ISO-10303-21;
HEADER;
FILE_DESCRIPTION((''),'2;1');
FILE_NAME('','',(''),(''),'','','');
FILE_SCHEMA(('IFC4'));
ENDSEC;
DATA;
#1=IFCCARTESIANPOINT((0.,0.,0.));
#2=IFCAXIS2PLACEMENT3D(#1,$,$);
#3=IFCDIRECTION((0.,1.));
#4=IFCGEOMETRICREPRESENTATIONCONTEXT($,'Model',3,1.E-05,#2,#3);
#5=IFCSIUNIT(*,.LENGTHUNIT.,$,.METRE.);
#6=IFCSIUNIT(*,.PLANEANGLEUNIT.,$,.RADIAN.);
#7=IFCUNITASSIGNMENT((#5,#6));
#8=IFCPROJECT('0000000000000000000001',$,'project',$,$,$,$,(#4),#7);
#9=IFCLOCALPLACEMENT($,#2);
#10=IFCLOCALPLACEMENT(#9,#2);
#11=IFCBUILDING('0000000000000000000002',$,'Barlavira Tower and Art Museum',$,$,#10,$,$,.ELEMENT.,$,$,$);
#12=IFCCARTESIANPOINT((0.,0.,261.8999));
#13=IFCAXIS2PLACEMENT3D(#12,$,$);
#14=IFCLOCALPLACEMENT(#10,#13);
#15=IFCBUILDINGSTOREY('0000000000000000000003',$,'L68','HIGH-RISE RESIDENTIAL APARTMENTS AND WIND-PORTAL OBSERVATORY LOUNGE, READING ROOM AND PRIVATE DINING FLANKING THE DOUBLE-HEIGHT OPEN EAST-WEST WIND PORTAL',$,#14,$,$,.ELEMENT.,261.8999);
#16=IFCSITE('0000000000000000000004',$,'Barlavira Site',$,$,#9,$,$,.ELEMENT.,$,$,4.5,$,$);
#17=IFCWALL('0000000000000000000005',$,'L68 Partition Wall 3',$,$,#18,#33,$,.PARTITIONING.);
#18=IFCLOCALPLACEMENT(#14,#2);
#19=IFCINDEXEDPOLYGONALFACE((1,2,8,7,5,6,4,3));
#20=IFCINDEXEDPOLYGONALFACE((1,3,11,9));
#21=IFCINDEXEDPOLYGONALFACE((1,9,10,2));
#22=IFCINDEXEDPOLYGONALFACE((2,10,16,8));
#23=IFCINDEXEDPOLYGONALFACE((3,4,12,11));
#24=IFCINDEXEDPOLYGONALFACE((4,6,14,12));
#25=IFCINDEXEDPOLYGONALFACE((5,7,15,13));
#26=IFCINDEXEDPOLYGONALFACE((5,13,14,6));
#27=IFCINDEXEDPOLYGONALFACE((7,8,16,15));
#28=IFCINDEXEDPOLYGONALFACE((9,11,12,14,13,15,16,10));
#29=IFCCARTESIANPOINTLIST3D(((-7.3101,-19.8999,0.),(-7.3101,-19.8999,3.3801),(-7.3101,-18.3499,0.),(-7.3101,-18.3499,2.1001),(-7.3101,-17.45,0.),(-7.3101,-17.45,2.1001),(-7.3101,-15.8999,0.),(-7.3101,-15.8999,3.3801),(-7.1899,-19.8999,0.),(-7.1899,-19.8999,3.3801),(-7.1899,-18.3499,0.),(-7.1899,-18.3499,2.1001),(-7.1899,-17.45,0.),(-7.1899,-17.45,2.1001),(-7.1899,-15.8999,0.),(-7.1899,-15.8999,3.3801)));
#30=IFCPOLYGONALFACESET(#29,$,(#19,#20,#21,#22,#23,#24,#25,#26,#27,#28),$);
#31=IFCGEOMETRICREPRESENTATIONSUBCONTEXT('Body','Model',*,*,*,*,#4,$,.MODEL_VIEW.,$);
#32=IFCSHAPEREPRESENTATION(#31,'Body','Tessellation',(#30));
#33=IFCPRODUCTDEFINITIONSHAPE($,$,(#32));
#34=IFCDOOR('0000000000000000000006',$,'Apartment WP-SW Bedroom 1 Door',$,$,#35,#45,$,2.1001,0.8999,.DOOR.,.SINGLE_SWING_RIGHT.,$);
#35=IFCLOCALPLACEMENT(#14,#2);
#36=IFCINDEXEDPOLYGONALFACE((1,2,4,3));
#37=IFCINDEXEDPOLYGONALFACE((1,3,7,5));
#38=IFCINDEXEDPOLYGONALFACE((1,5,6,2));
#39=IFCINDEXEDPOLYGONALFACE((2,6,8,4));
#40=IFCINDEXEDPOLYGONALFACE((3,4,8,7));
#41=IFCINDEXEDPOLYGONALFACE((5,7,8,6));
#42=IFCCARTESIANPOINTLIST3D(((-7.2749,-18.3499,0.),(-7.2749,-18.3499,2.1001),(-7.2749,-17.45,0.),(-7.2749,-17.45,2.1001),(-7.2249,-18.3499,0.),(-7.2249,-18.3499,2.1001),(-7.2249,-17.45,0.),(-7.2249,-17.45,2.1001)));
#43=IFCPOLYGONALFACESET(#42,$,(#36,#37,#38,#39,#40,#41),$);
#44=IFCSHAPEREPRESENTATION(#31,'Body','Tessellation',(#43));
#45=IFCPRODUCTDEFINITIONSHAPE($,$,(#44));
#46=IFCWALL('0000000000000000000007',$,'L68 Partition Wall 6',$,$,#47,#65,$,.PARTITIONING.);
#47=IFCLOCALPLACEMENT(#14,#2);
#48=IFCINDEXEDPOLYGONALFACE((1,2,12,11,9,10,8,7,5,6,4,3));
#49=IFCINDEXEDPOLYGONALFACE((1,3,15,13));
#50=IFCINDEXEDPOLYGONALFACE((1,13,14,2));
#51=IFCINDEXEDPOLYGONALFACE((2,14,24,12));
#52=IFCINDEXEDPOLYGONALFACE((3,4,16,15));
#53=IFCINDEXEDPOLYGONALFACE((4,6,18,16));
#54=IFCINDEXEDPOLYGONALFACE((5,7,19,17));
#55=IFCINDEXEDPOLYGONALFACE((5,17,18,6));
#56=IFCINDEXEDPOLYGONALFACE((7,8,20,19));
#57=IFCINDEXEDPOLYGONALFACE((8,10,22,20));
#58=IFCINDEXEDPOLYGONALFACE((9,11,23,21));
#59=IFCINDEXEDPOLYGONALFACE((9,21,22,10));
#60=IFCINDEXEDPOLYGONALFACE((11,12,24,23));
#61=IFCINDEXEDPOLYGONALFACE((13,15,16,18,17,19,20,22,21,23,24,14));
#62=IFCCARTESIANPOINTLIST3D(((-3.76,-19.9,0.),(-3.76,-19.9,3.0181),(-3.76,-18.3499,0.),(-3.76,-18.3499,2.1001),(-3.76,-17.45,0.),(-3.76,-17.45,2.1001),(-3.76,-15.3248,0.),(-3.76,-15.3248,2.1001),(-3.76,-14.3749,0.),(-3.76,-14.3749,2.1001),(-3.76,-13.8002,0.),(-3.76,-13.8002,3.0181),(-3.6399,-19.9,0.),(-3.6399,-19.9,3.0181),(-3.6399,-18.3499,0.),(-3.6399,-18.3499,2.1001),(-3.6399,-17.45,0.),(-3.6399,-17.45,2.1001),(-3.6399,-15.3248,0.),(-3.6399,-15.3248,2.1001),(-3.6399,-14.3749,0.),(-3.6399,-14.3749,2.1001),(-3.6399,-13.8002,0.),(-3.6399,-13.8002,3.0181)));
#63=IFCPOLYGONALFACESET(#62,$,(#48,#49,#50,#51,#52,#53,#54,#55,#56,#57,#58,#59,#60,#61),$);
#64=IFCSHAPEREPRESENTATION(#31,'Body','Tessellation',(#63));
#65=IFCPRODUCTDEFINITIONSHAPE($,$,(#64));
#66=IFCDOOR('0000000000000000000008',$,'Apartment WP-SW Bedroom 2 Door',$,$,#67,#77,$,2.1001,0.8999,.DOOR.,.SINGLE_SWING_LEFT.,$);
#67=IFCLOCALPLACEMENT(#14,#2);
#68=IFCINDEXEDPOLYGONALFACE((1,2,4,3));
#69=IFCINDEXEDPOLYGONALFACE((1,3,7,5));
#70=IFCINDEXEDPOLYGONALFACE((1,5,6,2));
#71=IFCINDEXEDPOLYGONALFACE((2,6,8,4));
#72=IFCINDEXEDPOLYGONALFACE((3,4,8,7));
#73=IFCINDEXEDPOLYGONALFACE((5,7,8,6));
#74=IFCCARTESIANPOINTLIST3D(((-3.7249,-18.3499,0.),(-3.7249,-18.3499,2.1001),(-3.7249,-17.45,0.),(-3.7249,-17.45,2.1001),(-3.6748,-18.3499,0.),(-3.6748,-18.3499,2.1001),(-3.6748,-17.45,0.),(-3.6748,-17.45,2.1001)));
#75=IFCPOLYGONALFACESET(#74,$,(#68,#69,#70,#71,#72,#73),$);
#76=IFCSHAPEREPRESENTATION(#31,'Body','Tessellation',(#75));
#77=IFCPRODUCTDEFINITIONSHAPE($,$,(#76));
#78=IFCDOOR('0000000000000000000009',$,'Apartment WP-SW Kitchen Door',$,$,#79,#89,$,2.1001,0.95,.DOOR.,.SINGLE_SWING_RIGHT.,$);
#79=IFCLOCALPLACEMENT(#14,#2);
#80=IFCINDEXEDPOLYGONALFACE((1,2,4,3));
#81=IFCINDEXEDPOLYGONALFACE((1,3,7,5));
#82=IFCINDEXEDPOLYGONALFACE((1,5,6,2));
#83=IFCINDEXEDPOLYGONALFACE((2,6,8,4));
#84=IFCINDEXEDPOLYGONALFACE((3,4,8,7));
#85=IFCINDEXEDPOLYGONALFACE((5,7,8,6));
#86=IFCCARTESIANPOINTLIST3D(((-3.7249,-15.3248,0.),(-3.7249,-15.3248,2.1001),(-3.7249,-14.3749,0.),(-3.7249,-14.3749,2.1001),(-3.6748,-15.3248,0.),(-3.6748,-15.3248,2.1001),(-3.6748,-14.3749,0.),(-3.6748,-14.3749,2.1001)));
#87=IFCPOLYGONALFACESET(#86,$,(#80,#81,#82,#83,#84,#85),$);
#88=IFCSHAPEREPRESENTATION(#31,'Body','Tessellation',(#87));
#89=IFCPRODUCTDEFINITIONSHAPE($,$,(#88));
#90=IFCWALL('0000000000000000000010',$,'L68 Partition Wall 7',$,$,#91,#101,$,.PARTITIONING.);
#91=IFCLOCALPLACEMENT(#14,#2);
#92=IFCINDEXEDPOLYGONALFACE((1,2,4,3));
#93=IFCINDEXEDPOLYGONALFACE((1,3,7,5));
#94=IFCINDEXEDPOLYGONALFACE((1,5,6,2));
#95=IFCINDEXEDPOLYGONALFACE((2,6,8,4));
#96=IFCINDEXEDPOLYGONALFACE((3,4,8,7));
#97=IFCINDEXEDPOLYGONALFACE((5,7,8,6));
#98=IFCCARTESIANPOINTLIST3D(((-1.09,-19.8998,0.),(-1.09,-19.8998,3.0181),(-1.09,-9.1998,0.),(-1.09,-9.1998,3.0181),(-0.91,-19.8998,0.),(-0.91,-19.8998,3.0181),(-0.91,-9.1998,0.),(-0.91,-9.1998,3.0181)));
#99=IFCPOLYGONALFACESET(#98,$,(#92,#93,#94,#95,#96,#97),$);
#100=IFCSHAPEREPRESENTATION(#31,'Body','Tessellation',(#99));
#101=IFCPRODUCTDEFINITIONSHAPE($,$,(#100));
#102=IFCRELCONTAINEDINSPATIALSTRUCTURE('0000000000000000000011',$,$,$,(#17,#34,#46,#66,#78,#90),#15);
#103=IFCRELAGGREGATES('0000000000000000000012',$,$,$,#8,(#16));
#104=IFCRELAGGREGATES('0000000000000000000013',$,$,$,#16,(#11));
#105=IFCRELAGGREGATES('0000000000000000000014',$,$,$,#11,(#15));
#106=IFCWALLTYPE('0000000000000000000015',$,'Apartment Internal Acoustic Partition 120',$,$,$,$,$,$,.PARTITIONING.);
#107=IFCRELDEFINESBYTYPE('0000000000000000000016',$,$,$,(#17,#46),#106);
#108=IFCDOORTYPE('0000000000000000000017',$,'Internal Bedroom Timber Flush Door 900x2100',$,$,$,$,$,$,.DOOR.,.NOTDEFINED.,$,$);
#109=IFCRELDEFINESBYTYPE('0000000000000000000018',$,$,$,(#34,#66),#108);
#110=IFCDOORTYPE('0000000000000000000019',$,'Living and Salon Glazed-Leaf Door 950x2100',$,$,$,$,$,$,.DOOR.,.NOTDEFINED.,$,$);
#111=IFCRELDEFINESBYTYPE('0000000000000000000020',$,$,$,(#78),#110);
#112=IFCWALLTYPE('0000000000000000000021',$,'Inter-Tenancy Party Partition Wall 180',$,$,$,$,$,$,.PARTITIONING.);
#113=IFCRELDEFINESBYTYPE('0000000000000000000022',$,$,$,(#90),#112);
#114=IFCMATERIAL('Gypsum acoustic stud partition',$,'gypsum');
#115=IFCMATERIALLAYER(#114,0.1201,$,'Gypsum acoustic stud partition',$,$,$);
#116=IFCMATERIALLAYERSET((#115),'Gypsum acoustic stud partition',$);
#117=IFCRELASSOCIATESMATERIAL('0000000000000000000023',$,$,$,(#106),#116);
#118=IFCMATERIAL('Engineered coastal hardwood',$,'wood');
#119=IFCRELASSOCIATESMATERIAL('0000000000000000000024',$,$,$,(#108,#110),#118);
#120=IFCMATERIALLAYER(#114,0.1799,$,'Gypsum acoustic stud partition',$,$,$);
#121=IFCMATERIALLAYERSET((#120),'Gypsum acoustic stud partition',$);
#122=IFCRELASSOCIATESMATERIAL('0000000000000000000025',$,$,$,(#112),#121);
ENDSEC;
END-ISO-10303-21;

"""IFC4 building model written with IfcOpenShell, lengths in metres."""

from ifc_helpers import new_model, si_unit, direction, frame, frame_2d, origin, place, context, subcontext, project, spatial, rectangle, extrude, material, layer, layer_set, type_object, element, fill, save


model = new_model("IFC4")

# Units and contexts
model_context = context("Model", 3, precision=1e-05, world=origin(), true_north=direction((0.0, 1.0)))
body_context = subcontext(model_context, "Body", "Model", "MODEL_VIEW")
ifc_project = project(units=[si_unit("LENGTHUNIT", "METRE"), si_unit("PLANEANGLEUNIT", "RADIAN")], contexts=[model_context])

# Site, building, storey
site_placement = place(None, origin())
site = spatial("IfcSite", under=ifc_project, at=site_placement, Name="Barlavira Site", CompositionType="ELEMENT", RefElevation=4.5)
building_placement = place(site_placement, origin())
building = spatial("IfcBuilding", under=site, at=building_placement, Name="Barlavira Tower and Art Museum", CompositionType="ELEMENT")
storey_placement = place(building_placement, frame((0.0, 0.0, 261.8999)))
storey = spatial("IfcBuildingStorey", under=building, at=storey_placement, Name="L68", Description="HIGH-RISE RESIDENTIAL APARTMENTS AND WIND-PORTAL OBSERVATORY LOUNGE, READING ROOM AND PRIVATE DINING FLANKING THE DOUBLE-HEIGHT OPEN EAST-WEST WIND PORTAL", CompositionType="ELEMENT", Elevation=261.8999)

# Wall, opening, door
ifc_material_1 = material(Name="Gypsum acoustic stud partition", Category="gypsum")
ifc_layer_1 = layer(ifc_material_1, 0.1201, Name="Gypsum acoustic stud partition")
ifc_layer_set_1 = layer_set([ifc_layer_1], Name="Gypsum acoustic stud partition")
wall_type_1 = type_object("IfcWallType", Name="Apartment Internal Acoustic Partition 120", PredefinedType="PARTITIONING", material=ifc_layer_set_1)
wall_1_placement = place(storey_placement, frame((-7.25, -19.8999, 0.0), z_axis=(0.0, 0.0, 1.0), x_axis=(0.0, 1.0, 0.0)))
wall_1 = element("IfcWall", 1, at=wall_1_placement, inside=storey, type_object=wall_type_1, Name="L68 Partition Wall 3", PredefinedType="PARTITIONING", context=body_context, shape_type="SweptSolid", body=[
    extrude(rectangle(XDim=4.0, YDim=0.1201, at=frame_2d((2.0, 0.0))), origin(), (0.0, 0.0, 1.0), 3.3801),
])
opening_1_placement = place(wall_1_placement, frame((1.55, 0.0, 0.0)))
opening_1 = element("IfcOpeningElement", 2, at=opening_1_placement, cuts=wall_1, PredefinedType="OPENING", context=body_context, shape_type="SweptSolid", body=[
    extrude(rectangle(XDim=0.8999, YDim=2.1001, at=frame_2d((0.45, 1.05))), frame((0.0, 0.0701, 0.0), z_axis=(0.0, -1.0, 0.0), x_axis=(1.0, 0.0, 0.0)), (0.0, 0.0, 1.0), 0.1401),
])
ifc_material_2 = material(Name="Engineered coastal hardwood", Category="wood")
door_type_1 = type_object("IfcDoorType", Name="Internal Bedroom Timber Flush Door 900x2100", OperationType="NOTDEFINED", PredefinedType="DOOR", material=ifc_material_2)
door_1_placement = place(opening_1_placement, origin())
door_1 = element("IfcDoor", 3, at=door_1_placement, inside=storey, type_object=door_type_1, Name="Apartment WP-SW Bedroom 1 Door", OperationType="SINGLE_SWING_RIGHT", OverallHeight=2.1001, OverallWidth=0.8999, PredefinedType="DOOR", context=body_context, shape_type="SweptSolid", body=[
    extrude(rectangle(XDim=0.8999, YDim=2.1001, at=frame_2d((0.45, 1.05))), frame((0.0, 0.0249, 0.0), z_axis=(0.0, -1.0, 0.0), x_axis=(1.0, 0.0, 0.0)), (0.0, 0.0, 1.0), 0.05),
])
fill(opening_1, door_1)

# Wall, openings, doors
wall_2_placement = place(storey_placement, frame((-3.7, -19.8999, 0.0), z_axis=(0.0, 0.0, 1.0), x_axis=(0.0, 1.0, 0.0)))
wall_2 = element("IfcWall", 4, at=wall_2_placement, inside=storey, type_object=wall_type_1, Name="L68 Partition Wall 6", PredefinedType="PARTITIONING", context=body_context, shape_type="SweptSolid", body=[
    extrude(rectangle(XDim=6.0999, YDim=0.1201, at=frame_2d((3.0498, 0.0))), origin(), (0.0, 0.0, 1.0), 3.0181),
])
opening_2_placement = place(wall_2_placement, frame((4.575, 0.0, 0.0)))
opening_2 = element("IfcOpeningElement", 5, at=opening_2_placement, cuts=wall_2, PredefinedType="OPENING", context=body_context, shape_type="SweptSolid", body=[
    extrude(rectangle(XDim=0.95, YDim=2.1001, at=frame_2d((0.4751, 1.05))), frame((0.0, 0.0701, 0.0), z_axis=(0.0, -1.0, 0.0), x_axis=(1.0, 0.0, 0.0)), (0.0, 0.0, 1.0), 0.1401),
])
opening_3_placement = place(wall_2_placement, frame((1.55, 0.0, 0.0)))
opening_3 = element("IfcOpeningElement", 6, at=opening_3_placement, cuts=wall_2, PredefinedType="OPENING", context=body_context, shape_type="SweptSolid", body=[
    extrude(rectangle(XDim=0.8999, YDim=2.1001, at=frame_2d((0.45, 1.05))), frame((0.0, 0.0701, 0.0), z_axis=(0.0, -1.0, 0.0), x_axis=(1.0, 0.0, 0.0)), (0.0, 0.0, 1.0), 0.1401),
])
door_2_placement = place(opening_3_placement, origin())
door_2 = element("IfcDoor", 7, at=door_2_placement, inside=storey, type_object=door_type_1, Name="Apartment WP-SW Bedroom 2 Door", OperationType="SINGLE_SWING_LEFT", OverallHeight=2.1001, OverallWidth=0.8999, PredefinedType="DOOR", context=body_context, shape_type="SweptSolid", body=[
    extrude(rectangle(XDim=0.8999, YDim=2.1001, at=frame_2d((0.45, 1.05))), frame((0.0, 0.0249, 0.0), z_axis=(0.0, -1.0, 0.0), x_axis=(1.0, 0.0, 0.0)), (0.0, 0.0, 1.0), 0.05),
])
fill(opening_3, door_2)
door_type_2 = type_object("IfcDoorType", Name="Living and Salon Glazed-Leaf Door 950x2100", OperationType="NOTDEFINED", PredefinedType="DOOR", material=ifc_material_2)
door_3_placement = place(opening_2_placement, origin())
door_3 = element("IfcDoor", 8, at=door_3_placement, inside=storey, type_object=door_type_2, Name="Apartment WP-SW Kitchen Door", OperationType="SINGLE_SWING_RIGHT", OverallHeight=2.1001, OverallWidth=0.95, PredefinedType="DOOR", context=body_context, shape_type="SweptSolid", body=[
    extrude(rectangle(XDim=0.95, YDim=2.1001, at=frame_2d((0.4751, 1.05))), frame((0.0, 0.0249, 0.0), z_axis=(0.0, -1.0, 0.0), x_axis=(1.0, 0.0, 0.0)), (0.0, 0.0, 1.0), 0.05),
])
fill(opening_2, door_3)

# Wall
ifc_layer_2 = layer(ifc_material_1, 0.1799, Name="Gypsum acoustic stud partition")
ifc_layer_set_2 = layer_set([ifc_layer_2], Name="Gypsum acoustic stud partition")
wall_type_2 = type_object("IfcWallType", Name="Inter-Tenancy Party Partition Wall 180", PredefinedType="PARTITIONING", material=ifc_layer_set_2)
wall_3_placement = place(storey_placement, frame((-1.0, -19.8999, 0.0), z_axis=(0.0, 0.0, 1.0), x_axis=(0.0, 1.0, 0.0)))
element("IfcWall", 9, at=wall_3_placement, inside=storey, type_object=wall_type_2, Name="L68 Partition Wall 7", PredefinedType="PARTITIONING", context=body_context, shape_type="SweptSolid", body=[
    extrude(rectangle(XDim=10.7, YDim=0.1799, at=frame_2d((5.3501, 0.0))), origin(), (0.0, 0.0, 1.0), 3.0181),
])

save(model, "model.ifc")
